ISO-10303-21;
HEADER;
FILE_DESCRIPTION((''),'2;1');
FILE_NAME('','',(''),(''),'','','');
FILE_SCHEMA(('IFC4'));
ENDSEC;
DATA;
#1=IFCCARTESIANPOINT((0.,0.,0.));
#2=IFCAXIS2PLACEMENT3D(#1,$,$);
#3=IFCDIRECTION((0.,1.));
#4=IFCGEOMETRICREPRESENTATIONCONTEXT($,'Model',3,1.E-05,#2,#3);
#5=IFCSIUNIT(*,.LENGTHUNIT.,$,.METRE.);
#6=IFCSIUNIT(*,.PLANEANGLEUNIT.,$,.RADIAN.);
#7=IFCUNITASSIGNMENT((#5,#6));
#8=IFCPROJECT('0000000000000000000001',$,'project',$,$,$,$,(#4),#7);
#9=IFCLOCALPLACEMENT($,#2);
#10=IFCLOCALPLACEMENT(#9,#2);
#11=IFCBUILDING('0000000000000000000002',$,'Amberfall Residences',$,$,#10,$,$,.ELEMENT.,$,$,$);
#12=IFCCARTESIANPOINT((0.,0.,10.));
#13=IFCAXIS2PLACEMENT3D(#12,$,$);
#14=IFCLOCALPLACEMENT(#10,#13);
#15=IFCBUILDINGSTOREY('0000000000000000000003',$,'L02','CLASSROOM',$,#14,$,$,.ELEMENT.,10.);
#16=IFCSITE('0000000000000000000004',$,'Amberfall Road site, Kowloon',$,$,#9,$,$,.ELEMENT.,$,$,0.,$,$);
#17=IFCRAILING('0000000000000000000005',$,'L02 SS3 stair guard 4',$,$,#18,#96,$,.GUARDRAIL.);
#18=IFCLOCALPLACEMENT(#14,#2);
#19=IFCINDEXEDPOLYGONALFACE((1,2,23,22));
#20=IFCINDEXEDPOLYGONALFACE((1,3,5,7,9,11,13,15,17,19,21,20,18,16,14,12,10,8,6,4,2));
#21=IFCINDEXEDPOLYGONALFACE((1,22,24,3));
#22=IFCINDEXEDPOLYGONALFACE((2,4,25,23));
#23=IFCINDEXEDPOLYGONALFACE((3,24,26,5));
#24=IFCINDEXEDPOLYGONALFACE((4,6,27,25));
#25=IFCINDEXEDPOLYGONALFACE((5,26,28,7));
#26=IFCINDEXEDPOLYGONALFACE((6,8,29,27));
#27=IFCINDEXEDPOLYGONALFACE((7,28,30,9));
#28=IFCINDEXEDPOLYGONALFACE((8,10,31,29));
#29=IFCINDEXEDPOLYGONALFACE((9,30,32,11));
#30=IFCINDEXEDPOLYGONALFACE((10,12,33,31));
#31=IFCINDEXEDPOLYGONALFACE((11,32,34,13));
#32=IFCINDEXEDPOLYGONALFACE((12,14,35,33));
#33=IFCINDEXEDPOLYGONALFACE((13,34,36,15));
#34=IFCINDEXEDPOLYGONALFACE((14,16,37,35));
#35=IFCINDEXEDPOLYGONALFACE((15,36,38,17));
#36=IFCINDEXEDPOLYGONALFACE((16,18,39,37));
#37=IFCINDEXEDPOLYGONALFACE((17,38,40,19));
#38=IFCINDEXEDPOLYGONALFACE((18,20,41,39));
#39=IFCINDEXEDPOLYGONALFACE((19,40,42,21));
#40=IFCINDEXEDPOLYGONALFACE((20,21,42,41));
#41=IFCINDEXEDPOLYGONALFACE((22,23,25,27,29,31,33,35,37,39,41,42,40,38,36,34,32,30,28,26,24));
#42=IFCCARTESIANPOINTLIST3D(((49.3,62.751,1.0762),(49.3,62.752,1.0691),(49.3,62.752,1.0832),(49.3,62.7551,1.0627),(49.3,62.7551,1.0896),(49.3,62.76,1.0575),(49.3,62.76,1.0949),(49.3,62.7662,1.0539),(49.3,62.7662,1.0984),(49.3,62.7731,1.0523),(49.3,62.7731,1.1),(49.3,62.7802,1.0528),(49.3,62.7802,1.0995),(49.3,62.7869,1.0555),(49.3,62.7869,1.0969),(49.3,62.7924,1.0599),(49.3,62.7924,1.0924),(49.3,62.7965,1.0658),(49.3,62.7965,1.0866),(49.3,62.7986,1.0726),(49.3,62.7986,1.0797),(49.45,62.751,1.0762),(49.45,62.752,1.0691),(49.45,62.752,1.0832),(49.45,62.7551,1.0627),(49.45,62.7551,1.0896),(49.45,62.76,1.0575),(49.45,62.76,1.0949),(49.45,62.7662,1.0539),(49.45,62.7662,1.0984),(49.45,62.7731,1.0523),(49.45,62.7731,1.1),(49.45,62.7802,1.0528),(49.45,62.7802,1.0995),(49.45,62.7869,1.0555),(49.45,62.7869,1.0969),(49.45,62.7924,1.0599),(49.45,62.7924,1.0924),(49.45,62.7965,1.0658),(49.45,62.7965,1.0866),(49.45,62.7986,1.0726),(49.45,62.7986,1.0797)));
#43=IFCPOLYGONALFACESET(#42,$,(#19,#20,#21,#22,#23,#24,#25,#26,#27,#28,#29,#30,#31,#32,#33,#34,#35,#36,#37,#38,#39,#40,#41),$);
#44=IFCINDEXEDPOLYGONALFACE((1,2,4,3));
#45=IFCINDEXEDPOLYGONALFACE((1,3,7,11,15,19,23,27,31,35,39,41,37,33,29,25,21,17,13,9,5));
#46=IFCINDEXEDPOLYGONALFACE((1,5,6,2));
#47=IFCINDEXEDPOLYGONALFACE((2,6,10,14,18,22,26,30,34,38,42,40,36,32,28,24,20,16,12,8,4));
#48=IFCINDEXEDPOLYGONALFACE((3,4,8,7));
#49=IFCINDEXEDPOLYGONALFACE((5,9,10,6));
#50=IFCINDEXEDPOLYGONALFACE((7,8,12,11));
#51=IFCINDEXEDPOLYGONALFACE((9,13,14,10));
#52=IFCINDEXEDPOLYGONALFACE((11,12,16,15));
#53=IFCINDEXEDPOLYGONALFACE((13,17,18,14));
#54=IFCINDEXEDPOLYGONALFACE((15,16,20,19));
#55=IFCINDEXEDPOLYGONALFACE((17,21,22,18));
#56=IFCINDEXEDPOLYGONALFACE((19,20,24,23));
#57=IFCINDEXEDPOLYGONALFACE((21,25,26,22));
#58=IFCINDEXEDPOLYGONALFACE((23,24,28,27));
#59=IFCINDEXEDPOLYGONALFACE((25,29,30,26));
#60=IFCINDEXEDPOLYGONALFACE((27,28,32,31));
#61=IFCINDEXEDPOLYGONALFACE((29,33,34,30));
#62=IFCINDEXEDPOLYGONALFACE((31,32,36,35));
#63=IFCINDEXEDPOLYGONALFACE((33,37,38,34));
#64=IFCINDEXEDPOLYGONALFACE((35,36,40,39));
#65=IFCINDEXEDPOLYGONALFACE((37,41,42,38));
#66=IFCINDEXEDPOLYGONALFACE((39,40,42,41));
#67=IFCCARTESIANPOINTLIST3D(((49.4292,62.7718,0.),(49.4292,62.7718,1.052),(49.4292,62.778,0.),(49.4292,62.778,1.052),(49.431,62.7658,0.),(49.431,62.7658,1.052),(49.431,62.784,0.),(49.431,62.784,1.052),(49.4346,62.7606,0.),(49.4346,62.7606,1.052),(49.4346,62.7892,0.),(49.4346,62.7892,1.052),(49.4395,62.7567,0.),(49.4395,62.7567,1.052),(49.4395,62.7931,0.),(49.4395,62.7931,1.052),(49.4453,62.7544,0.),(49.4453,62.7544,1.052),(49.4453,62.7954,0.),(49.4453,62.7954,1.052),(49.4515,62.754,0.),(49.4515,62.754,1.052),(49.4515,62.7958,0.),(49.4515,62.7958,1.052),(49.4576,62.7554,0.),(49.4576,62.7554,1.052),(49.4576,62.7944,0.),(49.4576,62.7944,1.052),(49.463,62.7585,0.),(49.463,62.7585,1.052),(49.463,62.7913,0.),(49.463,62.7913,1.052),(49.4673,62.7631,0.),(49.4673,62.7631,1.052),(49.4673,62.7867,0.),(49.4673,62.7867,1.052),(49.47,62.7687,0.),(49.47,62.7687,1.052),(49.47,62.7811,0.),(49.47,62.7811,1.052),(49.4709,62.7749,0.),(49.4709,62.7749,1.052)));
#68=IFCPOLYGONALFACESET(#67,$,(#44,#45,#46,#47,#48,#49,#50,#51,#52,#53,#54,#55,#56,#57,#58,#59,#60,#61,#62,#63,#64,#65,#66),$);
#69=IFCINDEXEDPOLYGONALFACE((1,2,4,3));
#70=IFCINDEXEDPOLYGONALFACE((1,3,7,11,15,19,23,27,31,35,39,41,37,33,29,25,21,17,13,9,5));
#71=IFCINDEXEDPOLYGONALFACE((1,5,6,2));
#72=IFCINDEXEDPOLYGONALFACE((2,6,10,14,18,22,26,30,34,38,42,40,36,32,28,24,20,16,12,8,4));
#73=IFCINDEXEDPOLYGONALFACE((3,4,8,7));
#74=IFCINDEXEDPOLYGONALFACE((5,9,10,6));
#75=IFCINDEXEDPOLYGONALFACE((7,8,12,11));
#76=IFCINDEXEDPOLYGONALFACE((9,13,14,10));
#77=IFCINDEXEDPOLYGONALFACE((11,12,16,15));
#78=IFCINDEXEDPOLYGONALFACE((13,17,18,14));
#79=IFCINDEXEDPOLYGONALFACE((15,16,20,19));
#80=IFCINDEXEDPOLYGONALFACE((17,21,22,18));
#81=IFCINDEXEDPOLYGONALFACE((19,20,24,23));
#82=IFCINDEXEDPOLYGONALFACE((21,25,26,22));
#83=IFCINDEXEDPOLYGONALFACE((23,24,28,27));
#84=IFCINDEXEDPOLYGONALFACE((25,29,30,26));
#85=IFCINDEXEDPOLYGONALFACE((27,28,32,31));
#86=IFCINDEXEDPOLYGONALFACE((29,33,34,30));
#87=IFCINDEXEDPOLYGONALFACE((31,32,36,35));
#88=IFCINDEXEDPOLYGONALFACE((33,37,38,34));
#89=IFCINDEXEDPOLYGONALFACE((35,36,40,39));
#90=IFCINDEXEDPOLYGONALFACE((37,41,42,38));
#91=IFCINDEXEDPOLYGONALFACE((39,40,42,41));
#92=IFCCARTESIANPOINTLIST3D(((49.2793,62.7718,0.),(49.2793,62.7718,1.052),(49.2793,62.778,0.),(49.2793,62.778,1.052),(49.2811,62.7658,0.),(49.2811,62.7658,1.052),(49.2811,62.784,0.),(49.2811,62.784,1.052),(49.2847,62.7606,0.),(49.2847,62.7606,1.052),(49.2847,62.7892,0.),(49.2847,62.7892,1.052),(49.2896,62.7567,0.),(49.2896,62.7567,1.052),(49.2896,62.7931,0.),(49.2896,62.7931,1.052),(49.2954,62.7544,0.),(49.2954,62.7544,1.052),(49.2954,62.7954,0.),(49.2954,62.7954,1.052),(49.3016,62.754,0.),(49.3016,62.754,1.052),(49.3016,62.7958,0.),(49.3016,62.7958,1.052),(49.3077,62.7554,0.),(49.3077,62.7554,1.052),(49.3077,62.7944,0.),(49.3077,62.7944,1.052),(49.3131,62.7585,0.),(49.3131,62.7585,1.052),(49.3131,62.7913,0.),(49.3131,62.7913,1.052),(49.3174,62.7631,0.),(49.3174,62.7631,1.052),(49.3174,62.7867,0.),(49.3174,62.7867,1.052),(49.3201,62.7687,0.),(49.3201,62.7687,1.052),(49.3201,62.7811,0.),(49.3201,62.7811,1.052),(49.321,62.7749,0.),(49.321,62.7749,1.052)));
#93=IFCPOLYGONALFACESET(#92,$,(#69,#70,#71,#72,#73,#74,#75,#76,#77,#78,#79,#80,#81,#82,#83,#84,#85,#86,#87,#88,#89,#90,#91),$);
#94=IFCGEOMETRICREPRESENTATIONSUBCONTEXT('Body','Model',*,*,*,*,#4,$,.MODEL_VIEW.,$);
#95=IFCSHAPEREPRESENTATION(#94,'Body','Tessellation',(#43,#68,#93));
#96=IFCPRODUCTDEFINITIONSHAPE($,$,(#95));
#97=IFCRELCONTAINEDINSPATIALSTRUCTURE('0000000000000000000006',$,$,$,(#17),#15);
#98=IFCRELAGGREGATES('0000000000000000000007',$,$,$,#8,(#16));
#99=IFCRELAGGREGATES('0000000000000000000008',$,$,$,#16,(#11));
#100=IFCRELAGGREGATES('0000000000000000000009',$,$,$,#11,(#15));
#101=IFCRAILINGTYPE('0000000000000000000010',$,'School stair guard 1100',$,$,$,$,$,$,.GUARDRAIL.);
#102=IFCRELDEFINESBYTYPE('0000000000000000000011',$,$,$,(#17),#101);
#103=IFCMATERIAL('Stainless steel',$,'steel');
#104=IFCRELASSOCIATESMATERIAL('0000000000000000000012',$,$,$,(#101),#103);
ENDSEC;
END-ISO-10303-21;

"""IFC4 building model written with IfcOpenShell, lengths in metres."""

from ifc_helpers import new_model, si_unit, direction, frame, origin, origin_2d, place, context, subcontext, project, spatial, circle, extrude, material, type_object, element, save


model = new_model("IFC4")

# Units and contexts
model_context = context("Model", 3, precision=1e-05, world=origin(), true_north=direction((0.0, 1.0)))
body_context = subcontext(model_context, "Body", "Model", "MODEL_VIEW")
ifc_project = project(units=[si_unit("LENGTHUNIT", "METRE"), si_unit("PLANEANGLEUNIT", "RADIAN")], contexts=[model_context])

# Site, building, storey
site_placement = place(None, origin())
site = spatial("IfcSite", under=ifc_project, at=site_placement, Name="Amberfall Road site, Kowloon", CompositionType="ELEMENT", RefElevation=0.0)
building_placement = place(site_placement, origin())
building = spatial("IfcBuilding", under=site, at=building_placement, Name="Amberfall Residences", CompositionType="ELEMENT")
storey_placement = place(building_placement, frame((0.0, 0.0, 10.0)))
storey = spatial("IfcBuildingStorey", under=building, at=storey_placement, Name="L02", Description="CLASSROOM", CompositionType="ELEMENT", Elevation=10.0)

# Railing
ifc_material_1 = material(Name="Stainless steel", Category="steel")
railing_type_1 = type_object("IfcRailingType", Name="School stair guard 1100", PredefinedType="GUARDRAIL", material=ifc_material_1)
railing_1_placement = place(storey_placement, frame((49.45, 62.7749, 0.0)))
element("IfcRailing", 1, at=railing_1_placement, inside=storey, type_object=railing_type_1, Name="L02 SS3 stair guard 4", PredefinedType="GUARDRAIL", context=body_context, shape_type="SweptSolid", body=[
    extrude(circle(Radius=0.0239, at=origin_2d()), frame((0.0, 0.0, 1.0762), z_axis=(-1.0, 0.0, 0.0), x_axis=(0.0, -1.0, 0.0)), (0.0, 0.0, 1.0), 0.1499),
    extrude(circle(Radius=0.021, at=origin_2d()), origin(), (0.0, 0.0, 1.0), 1.052),
    extrude(circle(Radius=0.021, at=origin_2d()), frame((-0.1499, 0.0, 0.0)), (0.0, 0.0, 1.0), 1.052),
])

save(model, "model.ifc")
